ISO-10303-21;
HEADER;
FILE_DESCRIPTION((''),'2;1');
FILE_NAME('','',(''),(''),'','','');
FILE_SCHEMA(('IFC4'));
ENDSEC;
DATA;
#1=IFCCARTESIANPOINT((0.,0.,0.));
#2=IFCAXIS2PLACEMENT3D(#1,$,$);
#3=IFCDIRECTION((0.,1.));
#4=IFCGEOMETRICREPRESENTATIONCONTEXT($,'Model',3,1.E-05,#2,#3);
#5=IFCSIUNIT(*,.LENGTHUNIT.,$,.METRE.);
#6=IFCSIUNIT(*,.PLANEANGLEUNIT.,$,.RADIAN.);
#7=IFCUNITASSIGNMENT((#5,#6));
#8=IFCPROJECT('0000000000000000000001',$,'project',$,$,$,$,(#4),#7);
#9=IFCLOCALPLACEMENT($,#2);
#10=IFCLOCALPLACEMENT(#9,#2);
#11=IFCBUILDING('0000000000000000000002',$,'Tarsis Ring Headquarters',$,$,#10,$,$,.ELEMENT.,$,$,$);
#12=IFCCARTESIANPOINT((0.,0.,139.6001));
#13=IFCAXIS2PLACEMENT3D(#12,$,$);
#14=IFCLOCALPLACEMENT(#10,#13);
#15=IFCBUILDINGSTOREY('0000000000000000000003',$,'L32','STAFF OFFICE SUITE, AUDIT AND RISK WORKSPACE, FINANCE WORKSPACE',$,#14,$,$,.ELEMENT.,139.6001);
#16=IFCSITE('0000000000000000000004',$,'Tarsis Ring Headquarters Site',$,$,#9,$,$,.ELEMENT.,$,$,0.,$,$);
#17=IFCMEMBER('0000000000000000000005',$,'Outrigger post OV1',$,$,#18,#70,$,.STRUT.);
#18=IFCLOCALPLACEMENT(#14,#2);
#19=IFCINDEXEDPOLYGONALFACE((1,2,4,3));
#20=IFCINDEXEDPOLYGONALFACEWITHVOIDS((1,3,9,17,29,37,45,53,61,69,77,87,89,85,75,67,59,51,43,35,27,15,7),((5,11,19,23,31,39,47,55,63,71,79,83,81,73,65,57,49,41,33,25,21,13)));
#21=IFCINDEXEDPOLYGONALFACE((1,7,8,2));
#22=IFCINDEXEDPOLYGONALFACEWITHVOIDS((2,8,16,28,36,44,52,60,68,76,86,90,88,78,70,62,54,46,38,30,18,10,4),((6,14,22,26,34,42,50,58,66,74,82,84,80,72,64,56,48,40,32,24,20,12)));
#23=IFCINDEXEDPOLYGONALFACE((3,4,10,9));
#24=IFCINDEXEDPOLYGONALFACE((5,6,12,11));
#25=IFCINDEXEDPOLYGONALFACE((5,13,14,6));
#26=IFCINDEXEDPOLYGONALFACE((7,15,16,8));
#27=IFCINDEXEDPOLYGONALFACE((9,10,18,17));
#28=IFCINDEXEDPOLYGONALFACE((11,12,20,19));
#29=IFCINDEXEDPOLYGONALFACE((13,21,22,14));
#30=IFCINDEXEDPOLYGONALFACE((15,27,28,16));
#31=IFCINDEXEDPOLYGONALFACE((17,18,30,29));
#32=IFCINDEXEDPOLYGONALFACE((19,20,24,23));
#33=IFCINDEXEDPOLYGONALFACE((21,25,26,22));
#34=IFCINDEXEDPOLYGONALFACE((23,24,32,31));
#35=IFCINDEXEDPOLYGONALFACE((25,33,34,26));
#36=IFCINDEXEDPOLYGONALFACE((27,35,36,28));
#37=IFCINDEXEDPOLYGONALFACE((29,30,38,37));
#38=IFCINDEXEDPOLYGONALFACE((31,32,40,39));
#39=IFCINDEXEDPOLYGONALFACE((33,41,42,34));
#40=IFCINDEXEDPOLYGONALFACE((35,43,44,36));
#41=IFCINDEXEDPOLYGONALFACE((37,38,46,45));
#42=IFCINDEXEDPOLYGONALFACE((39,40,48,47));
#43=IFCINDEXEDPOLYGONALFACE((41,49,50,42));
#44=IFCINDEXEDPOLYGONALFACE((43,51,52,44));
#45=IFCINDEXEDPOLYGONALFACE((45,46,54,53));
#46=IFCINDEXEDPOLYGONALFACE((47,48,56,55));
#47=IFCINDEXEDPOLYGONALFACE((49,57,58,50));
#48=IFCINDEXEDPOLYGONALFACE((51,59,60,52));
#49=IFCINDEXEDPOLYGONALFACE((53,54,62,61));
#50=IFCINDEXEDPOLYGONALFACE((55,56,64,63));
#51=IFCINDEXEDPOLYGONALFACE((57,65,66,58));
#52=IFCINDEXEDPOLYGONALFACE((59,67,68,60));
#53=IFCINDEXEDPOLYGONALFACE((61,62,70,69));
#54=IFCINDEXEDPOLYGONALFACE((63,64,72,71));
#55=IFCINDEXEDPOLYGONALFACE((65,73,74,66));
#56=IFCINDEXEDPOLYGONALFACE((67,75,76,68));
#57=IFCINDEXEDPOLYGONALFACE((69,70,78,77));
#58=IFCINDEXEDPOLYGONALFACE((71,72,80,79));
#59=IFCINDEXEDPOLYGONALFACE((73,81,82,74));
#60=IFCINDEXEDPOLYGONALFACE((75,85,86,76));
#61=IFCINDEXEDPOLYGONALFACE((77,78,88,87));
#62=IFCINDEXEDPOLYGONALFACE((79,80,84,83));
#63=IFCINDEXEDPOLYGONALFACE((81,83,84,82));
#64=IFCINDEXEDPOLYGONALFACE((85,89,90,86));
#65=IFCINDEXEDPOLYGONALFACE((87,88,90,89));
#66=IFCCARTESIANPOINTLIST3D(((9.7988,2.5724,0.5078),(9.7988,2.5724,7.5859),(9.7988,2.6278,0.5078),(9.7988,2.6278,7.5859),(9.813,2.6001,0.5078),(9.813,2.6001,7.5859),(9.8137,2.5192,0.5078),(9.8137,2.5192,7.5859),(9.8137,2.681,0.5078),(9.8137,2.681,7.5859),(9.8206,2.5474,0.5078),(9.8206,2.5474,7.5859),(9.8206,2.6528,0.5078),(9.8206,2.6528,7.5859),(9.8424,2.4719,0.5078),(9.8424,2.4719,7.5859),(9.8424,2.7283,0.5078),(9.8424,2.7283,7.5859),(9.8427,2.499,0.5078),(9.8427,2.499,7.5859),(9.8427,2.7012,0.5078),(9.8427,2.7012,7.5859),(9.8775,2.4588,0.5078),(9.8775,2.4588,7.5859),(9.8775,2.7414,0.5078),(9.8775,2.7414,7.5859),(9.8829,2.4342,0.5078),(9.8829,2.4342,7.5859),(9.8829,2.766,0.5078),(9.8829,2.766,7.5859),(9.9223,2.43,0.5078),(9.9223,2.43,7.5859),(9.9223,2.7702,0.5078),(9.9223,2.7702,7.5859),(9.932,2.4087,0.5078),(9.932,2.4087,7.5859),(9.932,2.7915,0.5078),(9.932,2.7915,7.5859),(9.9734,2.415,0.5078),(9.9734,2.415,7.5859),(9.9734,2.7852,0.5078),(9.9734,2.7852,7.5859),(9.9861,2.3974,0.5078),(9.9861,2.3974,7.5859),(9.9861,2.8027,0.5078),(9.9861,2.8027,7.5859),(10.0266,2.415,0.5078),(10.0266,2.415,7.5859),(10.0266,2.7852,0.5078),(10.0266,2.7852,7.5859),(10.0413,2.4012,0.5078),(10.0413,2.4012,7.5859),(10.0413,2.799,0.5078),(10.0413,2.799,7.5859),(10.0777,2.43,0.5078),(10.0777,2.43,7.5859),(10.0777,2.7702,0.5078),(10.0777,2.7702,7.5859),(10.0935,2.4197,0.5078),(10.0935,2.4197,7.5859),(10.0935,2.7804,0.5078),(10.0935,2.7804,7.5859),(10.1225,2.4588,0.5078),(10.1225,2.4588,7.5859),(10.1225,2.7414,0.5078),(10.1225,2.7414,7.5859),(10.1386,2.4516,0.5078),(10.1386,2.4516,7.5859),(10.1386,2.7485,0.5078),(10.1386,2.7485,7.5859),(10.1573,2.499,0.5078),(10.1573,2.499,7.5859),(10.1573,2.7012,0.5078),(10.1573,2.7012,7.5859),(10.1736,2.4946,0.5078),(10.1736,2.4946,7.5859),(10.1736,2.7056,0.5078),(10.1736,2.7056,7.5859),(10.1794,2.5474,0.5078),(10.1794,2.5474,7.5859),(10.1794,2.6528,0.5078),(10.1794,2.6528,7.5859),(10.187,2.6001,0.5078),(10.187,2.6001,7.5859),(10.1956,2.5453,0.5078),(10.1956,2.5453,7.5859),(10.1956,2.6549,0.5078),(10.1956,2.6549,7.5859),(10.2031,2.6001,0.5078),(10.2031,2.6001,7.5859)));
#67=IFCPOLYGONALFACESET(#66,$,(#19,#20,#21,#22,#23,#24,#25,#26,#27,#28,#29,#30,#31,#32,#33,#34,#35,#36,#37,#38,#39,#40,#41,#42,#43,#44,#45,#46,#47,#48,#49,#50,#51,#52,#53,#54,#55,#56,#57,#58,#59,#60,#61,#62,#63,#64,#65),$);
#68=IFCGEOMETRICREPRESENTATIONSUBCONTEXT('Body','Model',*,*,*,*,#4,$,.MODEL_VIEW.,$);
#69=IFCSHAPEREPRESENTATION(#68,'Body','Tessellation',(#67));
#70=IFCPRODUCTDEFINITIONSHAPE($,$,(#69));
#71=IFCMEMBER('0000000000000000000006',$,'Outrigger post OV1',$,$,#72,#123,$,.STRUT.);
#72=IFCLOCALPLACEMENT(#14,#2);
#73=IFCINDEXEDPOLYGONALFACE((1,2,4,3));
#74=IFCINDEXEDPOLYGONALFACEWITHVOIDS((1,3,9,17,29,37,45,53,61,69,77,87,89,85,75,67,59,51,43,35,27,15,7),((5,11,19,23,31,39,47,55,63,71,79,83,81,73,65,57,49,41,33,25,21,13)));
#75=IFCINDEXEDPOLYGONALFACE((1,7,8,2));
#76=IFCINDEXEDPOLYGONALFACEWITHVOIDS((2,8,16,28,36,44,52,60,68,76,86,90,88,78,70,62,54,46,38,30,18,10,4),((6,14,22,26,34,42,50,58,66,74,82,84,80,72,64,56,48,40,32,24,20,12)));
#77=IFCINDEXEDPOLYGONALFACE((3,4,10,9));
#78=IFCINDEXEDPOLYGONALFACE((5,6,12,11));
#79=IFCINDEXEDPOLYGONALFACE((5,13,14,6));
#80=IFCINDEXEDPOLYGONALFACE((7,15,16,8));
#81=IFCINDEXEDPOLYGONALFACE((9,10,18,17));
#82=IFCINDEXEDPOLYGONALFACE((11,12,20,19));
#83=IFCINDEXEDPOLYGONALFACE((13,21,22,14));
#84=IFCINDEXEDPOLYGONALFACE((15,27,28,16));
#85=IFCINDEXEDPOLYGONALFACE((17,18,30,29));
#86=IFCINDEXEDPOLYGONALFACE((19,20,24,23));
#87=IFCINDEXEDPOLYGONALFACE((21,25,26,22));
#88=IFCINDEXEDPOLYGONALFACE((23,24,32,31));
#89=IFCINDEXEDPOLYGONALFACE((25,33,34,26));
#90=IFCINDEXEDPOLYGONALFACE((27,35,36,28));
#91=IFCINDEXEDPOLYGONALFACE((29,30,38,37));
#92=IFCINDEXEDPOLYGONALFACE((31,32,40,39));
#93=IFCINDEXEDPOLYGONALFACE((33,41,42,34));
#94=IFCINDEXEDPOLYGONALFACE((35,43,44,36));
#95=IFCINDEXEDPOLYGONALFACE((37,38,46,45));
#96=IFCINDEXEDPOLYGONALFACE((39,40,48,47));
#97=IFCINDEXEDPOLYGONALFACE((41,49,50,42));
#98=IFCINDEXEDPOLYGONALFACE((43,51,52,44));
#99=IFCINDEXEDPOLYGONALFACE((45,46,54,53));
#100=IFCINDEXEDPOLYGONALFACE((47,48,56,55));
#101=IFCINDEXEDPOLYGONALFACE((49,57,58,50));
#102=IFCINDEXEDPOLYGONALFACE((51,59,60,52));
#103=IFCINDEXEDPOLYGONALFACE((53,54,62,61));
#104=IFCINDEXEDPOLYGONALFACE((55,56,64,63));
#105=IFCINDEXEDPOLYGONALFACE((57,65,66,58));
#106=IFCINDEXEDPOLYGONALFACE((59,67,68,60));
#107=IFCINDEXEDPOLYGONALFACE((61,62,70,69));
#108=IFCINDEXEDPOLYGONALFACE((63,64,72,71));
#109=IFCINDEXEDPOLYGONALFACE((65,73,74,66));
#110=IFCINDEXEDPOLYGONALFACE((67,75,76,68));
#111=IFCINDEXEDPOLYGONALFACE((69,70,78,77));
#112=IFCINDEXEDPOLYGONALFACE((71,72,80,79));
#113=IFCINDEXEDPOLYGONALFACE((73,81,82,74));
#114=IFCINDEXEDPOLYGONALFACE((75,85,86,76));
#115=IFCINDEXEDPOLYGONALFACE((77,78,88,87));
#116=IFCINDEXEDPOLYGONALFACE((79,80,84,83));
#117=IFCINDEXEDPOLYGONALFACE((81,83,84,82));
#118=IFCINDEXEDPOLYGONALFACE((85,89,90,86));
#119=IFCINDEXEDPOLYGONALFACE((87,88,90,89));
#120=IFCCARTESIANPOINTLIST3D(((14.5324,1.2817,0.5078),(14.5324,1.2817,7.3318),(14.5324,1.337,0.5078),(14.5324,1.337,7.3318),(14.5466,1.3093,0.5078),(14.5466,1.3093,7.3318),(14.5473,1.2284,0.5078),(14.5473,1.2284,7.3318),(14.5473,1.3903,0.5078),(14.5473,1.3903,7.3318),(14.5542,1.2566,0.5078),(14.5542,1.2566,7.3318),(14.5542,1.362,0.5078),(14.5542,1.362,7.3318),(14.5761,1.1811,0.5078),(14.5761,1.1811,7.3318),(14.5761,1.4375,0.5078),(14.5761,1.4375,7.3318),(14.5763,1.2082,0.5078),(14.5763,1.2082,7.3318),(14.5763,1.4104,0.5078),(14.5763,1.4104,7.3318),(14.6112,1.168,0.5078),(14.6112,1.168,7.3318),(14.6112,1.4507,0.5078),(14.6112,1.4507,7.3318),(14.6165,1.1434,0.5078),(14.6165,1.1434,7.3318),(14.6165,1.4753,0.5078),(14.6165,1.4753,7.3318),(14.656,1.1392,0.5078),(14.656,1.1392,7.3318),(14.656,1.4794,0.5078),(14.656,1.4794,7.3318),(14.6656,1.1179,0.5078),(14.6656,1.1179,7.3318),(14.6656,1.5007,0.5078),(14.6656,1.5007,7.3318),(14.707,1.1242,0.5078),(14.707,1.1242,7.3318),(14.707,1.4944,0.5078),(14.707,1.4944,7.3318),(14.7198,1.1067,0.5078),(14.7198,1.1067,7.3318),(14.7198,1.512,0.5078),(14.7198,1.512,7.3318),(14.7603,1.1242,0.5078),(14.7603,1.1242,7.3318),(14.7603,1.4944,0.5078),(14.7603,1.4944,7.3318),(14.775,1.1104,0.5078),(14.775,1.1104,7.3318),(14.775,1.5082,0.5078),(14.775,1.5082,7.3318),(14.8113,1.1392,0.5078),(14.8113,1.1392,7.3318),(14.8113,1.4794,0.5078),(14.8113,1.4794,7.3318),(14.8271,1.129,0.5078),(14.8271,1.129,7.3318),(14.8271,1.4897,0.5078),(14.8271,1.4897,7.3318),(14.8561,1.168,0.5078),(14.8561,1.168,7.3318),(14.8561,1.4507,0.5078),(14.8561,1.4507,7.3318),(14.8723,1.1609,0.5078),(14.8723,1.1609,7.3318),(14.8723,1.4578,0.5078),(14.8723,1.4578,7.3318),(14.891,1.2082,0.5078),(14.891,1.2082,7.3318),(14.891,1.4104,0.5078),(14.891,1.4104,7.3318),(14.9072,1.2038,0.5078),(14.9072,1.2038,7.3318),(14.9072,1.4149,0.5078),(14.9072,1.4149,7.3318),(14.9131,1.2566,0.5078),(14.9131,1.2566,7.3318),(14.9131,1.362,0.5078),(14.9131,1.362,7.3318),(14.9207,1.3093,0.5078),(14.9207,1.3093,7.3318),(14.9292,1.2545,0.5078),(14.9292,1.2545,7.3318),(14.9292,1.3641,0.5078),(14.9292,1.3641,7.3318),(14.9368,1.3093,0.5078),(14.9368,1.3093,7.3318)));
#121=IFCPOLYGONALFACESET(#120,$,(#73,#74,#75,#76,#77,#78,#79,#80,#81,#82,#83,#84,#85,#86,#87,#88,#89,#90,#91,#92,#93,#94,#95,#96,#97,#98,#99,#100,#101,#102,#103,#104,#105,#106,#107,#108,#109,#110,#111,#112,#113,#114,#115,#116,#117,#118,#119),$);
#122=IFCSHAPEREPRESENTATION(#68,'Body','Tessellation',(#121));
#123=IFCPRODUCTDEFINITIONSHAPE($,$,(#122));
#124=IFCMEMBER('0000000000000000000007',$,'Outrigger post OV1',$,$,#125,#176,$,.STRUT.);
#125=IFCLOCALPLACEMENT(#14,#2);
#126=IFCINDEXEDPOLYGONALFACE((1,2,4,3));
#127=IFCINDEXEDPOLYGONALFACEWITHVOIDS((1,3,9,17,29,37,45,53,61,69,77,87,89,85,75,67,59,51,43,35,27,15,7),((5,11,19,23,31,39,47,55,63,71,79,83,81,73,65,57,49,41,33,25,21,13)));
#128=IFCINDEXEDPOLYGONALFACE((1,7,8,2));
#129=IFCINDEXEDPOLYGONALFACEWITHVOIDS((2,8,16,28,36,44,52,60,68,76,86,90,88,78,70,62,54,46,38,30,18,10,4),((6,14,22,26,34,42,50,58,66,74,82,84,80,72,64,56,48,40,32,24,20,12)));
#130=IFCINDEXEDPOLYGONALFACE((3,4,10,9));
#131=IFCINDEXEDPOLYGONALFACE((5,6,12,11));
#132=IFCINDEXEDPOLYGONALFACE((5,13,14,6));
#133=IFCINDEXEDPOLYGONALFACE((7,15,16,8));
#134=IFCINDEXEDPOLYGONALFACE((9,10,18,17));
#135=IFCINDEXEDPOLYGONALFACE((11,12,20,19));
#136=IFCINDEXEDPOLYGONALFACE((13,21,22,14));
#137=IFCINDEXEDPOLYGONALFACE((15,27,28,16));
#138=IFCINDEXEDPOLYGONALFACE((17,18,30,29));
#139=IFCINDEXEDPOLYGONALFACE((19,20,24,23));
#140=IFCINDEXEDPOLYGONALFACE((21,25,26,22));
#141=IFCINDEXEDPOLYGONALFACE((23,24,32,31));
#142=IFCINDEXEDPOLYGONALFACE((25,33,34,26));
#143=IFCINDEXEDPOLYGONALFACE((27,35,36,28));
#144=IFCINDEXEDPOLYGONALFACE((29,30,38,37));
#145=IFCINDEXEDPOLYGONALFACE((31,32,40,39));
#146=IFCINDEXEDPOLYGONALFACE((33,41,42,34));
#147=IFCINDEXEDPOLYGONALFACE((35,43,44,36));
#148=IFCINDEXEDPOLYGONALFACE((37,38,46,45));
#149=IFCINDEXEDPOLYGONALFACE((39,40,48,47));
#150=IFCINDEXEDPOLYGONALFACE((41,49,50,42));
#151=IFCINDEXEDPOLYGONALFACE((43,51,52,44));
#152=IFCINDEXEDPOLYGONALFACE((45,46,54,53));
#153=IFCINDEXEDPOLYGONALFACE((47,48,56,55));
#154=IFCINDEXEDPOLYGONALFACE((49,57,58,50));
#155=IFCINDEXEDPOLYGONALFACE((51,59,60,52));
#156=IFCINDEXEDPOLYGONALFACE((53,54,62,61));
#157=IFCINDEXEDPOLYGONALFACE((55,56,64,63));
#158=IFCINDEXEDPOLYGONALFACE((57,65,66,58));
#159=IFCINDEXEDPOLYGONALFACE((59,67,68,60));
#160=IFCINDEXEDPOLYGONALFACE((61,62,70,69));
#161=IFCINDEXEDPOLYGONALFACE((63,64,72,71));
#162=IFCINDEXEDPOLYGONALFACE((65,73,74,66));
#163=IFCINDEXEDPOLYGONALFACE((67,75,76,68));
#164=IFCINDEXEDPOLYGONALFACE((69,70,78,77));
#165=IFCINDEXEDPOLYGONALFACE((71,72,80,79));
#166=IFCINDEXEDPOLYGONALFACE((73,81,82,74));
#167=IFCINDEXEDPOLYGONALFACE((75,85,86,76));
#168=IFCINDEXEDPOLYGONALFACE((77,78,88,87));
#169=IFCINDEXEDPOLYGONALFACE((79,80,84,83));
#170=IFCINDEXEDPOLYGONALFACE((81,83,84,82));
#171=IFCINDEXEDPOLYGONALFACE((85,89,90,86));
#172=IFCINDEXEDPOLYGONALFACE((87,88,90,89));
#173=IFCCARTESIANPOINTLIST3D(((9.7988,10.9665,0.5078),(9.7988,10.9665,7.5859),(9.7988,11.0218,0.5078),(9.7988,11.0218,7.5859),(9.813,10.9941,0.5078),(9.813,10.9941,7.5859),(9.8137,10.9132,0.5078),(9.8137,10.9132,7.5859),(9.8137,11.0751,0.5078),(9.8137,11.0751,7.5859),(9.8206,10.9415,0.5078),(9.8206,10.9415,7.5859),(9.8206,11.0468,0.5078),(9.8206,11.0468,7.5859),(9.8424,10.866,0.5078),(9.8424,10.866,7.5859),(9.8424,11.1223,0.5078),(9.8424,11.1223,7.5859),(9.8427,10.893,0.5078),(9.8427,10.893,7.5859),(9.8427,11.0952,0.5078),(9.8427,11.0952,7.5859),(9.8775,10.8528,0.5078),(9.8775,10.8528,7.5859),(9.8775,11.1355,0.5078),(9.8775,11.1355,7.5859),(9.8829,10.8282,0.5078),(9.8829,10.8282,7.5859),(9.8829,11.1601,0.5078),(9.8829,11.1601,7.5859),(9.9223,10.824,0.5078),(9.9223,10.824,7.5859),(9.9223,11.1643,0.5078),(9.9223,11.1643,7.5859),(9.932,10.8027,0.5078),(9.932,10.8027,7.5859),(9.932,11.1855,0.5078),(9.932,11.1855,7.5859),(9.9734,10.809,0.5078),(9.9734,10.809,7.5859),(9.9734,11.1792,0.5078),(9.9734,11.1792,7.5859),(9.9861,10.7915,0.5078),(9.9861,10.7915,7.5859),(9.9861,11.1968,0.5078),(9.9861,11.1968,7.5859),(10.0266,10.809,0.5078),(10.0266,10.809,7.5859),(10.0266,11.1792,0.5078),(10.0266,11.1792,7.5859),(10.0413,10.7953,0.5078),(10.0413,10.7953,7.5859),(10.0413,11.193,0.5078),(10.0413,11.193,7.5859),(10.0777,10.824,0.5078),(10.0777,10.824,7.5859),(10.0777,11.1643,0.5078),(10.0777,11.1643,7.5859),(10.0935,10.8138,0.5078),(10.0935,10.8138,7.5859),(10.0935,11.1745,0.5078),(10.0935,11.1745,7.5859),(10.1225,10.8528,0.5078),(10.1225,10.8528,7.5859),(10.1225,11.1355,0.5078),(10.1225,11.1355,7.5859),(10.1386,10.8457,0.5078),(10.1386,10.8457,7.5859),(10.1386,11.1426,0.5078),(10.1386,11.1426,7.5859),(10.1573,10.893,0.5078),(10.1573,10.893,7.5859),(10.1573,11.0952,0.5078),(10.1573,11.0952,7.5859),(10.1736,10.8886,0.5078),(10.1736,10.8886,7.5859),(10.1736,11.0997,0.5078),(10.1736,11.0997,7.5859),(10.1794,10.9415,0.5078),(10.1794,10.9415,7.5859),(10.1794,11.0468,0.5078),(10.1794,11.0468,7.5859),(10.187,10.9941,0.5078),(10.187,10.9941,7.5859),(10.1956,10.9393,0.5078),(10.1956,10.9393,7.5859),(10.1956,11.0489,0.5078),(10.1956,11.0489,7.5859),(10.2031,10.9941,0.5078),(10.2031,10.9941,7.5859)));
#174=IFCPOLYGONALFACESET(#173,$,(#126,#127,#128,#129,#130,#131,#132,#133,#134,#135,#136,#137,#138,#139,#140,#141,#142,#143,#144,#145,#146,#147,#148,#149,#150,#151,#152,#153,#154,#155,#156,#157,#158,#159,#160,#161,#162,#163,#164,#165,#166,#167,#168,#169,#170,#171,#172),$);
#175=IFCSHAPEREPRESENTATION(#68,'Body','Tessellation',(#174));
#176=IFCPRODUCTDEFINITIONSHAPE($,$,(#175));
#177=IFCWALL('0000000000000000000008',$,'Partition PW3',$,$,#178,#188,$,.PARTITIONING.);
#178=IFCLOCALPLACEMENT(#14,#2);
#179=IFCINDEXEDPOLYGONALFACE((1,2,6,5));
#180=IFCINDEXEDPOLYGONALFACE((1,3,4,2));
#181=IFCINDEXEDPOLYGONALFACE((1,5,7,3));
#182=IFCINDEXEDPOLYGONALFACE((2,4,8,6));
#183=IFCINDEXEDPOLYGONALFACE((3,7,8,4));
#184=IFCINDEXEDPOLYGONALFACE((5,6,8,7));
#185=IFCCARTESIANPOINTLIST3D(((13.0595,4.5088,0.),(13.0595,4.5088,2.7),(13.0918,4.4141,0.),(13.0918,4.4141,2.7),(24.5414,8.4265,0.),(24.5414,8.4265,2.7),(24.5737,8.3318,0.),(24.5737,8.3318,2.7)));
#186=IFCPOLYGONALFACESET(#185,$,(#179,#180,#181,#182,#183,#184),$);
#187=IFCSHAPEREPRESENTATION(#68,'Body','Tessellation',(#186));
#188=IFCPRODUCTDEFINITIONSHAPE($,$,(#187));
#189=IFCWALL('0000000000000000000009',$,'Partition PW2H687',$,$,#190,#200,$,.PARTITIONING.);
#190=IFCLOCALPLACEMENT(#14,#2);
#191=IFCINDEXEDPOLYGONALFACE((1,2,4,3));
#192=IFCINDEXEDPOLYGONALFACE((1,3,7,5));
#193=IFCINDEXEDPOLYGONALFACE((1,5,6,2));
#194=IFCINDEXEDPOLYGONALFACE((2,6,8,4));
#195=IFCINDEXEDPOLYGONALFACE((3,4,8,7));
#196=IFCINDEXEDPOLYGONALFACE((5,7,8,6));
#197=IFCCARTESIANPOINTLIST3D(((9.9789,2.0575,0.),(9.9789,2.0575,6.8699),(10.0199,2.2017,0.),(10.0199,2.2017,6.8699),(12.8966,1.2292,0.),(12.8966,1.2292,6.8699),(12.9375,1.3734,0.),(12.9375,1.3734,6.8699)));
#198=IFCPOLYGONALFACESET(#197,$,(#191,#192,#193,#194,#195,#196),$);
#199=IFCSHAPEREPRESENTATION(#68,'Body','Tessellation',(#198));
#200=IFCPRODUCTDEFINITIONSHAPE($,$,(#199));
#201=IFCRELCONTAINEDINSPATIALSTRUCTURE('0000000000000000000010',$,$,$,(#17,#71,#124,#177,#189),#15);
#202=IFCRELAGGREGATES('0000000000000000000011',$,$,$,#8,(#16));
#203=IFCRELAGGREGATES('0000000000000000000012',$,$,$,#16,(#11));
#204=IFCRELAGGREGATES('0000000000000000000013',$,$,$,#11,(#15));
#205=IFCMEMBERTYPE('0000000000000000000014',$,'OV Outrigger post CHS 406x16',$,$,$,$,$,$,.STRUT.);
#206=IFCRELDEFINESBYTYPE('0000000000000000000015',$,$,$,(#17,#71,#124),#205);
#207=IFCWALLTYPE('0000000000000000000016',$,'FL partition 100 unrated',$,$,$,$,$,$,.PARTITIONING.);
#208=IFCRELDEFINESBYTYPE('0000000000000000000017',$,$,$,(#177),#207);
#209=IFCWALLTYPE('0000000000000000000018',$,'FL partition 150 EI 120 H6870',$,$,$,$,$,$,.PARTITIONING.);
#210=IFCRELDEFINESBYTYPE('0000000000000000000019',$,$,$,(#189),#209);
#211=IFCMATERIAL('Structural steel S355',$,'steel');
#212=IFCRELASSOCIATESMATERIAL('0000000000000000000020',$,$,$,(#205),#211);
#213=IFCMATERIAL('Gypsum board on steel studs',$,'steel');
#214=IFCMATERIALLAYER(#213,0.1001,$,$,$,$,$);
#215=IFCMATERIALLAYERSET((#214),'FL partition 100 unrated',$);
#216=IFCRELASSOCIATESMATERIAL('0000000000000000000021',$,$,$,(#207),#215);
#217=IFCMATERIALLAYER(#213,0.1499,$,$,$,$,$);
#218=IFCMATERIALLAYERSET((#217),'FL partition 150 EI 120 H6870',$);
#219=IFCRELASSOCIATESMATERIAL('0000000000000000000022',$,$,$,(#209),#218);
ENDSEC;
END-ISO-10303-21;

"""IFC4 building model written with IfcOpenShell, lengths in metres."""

from ifc_helpers import new_model, si_unit, direction, frame, frame_2d, origin, origin_2d, place, context, subcontext, project, spatial, rectangle, hollow_circle, extrude, material, layer, layer_set, material_profile, profile_set, type_object, element, save


model = new_model("IFC4")

# Units and contexts
model_context = context("Model", 3, precision=1e-05, world=origin(), true_north=direction((0.0, 1.0)))
body_context = subcontext(model_context, "Body", "Model", "MODEL_VIEW")
ifc_project = project(units=[si_unit("LENGTHUNIT", "METRE"), si_unit("PLANEANGLEUNIT", "RADIAN")], contexts=[model_context])

# Site, building, storey
site_placement = place(None, origin())
site = spatial("IfcSite", under=ifc_project, at=site_placement, Name="Tarsis Ring Headquarters Site", CompositionType="ELEMENT", RefElevation=0.0)
building_placement = place(site_placement, origin())
building = spatial("IfcBuilding", under=site, at=building_placement, Name="Tarsis Ring Headquarters", CompositionType="ELEMENT")
storey_placement = place(building_placement, frame((0.0, 0.0, 139.6001)))
storey = spatial("IfcBuildingStorey", under=building, at=storey_placement, Name="L32", Description="STAFF OFFICE SUITE, AUDIT AND RISK WORKSPACE, FINANCE WORKSPACE", CompositionType="ELEMENT", Elevation=139.6001)

# Shared definitions
ifc_material_1 = material(Name="Structural steel S355", Category="steel")

# Members
ifc_material_profile_1 = material_profile(ifc_material_1, hollow_circle(Radius=0.2031, WallThickness=0.0161, at=origin_2d()), Name="CHS 406x16")
ifc_profile_set_1 = profile_set([ifc_material_profile_1], Name="Structural steel S355")
member_type_1 = type_object("IfcMemberType", Name="OV Outrigger post CHS 406x16", PredefinedType="STRUT", material=ifc_profile_set_1)
member_1_placement = place(storey_placement, frame((10.0, 2.6001, 0.5078), z_axis=(0.0, 0.0, 1.0), x_axis=(1.0, 0.0, 0.0)))
element("IfcMember", 1, at=member_1_placement, inside=storey, type_object=member_type_1, Name="Outrigger post OV1", PredefinedType="STRUT", context=body_context, shape_type="SweptSolid", body=[
    extrude(hollow_circle(Radius=0.2031, WallThickness=0.0161, at=origin_2d()), origin(), (0.0, 0.0, 1.0), 7.0781),
])
member_2_placement = place(storey_placement, frame((14.7336, 1.3093, 0.5078), z_axis=(0.0, 0.0, 1.0), x_axis=(1.0, 0.0, 0.0)))
element("IfcMember", 2, at=member_2_placement, inside=storey, type_object=member_type_1, Name="Outrigger post OV1", PredefinedType="STRUT", context=body_context, shape_type="SweptSolid", body=[
    extrude(hollow_circle(Radius=0.2031, WallThickness=0.0161, at=origin_2d()), origin(), (0.0, 0.0, 1.0), 6.824),
])
member_3_placement = place(storey_placement, frame((10.0, 10.9941, 0.5078), z_axis=(0.0, 0.0, 1.0), x_axis=(1.0, 0.0, 0.0)))
element("IfcMember", 3, at=member_3_placement, inside=storey, type_object=member_type_1, Name="Outrigger post OV1", PredefinedType="STRUT", context=body_context, shape_type="SweptSolid", body=[
    extrude(hollow_circle(Radius=0.2031, WallThickness=0.0161, at=origin_2d()), origin(), (0.0, 0.0, 1.0), 7.0781),
])

# Walls
ifc_material_2 = material(Name="Gypsum board on steel studs", Category="steel")
ifc_layer_1 = layer(ifc_material_2, 0.1001)
ifc_layer_set_1 = layer_set([ifc_layer_1], Name="FL partition 100 unrated")
wall_type_1 = type_object("IfcWallType", Name="FL partition 100 unrated", PredefinedType="PARTITIONING", material=ifc_layer_set_1)
wall_1_placement = place(storey_placement, frame((13.0757, 4.4614, 0.0), z_axis=(0.0, 0.0, 1.0), x_axis=(0.946424, 0.322927, 0.0)))
element("IfcWall", 4, at=wall_1_placement, inside=storey, type_object=wall_type_1, Name="Partition PW3", PredefinedType="PARTITIONING", context=body_context, shape_type="SweptSolid", body=[
    extrude(rectangle(XDim=12.1318, YDim=0.1001, at=frame_2d((6.0659, 0.0))), origin(), (0.0, 0.0, 1.0), 2.7),
])
ifc_layer_2 = layer(ifc_material_2, 0.1499)
ifc_layer_set_2 = layer_set([ifc_layer_2], Name="FL partition 150 EI 120 H6870")
wall_type_2 = type_object("IfcWallType", Name="FL partition 150 EI 120 H6870", PredefinedType="PARTITIONING", material=ifc_layer_set_2)
wall_2_placement = place(storey_placement, frame((9.9993, 2.1296, 0.0), z_axis=(0.0, 0.0, 1.0), x_axis=(0.961981, -0.273115, 0.0)))
element("IfcWall", 5, at=wall_2_placement, inside=storey, type_object=wall_type_2, Name="Partition PW2H687", PredefinedType="PARTITIONING", context=body_context, shape_type="SweptSolid", body=[
    extrude(rectangle(XDim=3.033, YDim=0.1499, at=frame_2d((1.5166, 0.0))), origin(), (0.0, 0.0, 1.0), 6.8699),
])

save(model, "model.ifc")
